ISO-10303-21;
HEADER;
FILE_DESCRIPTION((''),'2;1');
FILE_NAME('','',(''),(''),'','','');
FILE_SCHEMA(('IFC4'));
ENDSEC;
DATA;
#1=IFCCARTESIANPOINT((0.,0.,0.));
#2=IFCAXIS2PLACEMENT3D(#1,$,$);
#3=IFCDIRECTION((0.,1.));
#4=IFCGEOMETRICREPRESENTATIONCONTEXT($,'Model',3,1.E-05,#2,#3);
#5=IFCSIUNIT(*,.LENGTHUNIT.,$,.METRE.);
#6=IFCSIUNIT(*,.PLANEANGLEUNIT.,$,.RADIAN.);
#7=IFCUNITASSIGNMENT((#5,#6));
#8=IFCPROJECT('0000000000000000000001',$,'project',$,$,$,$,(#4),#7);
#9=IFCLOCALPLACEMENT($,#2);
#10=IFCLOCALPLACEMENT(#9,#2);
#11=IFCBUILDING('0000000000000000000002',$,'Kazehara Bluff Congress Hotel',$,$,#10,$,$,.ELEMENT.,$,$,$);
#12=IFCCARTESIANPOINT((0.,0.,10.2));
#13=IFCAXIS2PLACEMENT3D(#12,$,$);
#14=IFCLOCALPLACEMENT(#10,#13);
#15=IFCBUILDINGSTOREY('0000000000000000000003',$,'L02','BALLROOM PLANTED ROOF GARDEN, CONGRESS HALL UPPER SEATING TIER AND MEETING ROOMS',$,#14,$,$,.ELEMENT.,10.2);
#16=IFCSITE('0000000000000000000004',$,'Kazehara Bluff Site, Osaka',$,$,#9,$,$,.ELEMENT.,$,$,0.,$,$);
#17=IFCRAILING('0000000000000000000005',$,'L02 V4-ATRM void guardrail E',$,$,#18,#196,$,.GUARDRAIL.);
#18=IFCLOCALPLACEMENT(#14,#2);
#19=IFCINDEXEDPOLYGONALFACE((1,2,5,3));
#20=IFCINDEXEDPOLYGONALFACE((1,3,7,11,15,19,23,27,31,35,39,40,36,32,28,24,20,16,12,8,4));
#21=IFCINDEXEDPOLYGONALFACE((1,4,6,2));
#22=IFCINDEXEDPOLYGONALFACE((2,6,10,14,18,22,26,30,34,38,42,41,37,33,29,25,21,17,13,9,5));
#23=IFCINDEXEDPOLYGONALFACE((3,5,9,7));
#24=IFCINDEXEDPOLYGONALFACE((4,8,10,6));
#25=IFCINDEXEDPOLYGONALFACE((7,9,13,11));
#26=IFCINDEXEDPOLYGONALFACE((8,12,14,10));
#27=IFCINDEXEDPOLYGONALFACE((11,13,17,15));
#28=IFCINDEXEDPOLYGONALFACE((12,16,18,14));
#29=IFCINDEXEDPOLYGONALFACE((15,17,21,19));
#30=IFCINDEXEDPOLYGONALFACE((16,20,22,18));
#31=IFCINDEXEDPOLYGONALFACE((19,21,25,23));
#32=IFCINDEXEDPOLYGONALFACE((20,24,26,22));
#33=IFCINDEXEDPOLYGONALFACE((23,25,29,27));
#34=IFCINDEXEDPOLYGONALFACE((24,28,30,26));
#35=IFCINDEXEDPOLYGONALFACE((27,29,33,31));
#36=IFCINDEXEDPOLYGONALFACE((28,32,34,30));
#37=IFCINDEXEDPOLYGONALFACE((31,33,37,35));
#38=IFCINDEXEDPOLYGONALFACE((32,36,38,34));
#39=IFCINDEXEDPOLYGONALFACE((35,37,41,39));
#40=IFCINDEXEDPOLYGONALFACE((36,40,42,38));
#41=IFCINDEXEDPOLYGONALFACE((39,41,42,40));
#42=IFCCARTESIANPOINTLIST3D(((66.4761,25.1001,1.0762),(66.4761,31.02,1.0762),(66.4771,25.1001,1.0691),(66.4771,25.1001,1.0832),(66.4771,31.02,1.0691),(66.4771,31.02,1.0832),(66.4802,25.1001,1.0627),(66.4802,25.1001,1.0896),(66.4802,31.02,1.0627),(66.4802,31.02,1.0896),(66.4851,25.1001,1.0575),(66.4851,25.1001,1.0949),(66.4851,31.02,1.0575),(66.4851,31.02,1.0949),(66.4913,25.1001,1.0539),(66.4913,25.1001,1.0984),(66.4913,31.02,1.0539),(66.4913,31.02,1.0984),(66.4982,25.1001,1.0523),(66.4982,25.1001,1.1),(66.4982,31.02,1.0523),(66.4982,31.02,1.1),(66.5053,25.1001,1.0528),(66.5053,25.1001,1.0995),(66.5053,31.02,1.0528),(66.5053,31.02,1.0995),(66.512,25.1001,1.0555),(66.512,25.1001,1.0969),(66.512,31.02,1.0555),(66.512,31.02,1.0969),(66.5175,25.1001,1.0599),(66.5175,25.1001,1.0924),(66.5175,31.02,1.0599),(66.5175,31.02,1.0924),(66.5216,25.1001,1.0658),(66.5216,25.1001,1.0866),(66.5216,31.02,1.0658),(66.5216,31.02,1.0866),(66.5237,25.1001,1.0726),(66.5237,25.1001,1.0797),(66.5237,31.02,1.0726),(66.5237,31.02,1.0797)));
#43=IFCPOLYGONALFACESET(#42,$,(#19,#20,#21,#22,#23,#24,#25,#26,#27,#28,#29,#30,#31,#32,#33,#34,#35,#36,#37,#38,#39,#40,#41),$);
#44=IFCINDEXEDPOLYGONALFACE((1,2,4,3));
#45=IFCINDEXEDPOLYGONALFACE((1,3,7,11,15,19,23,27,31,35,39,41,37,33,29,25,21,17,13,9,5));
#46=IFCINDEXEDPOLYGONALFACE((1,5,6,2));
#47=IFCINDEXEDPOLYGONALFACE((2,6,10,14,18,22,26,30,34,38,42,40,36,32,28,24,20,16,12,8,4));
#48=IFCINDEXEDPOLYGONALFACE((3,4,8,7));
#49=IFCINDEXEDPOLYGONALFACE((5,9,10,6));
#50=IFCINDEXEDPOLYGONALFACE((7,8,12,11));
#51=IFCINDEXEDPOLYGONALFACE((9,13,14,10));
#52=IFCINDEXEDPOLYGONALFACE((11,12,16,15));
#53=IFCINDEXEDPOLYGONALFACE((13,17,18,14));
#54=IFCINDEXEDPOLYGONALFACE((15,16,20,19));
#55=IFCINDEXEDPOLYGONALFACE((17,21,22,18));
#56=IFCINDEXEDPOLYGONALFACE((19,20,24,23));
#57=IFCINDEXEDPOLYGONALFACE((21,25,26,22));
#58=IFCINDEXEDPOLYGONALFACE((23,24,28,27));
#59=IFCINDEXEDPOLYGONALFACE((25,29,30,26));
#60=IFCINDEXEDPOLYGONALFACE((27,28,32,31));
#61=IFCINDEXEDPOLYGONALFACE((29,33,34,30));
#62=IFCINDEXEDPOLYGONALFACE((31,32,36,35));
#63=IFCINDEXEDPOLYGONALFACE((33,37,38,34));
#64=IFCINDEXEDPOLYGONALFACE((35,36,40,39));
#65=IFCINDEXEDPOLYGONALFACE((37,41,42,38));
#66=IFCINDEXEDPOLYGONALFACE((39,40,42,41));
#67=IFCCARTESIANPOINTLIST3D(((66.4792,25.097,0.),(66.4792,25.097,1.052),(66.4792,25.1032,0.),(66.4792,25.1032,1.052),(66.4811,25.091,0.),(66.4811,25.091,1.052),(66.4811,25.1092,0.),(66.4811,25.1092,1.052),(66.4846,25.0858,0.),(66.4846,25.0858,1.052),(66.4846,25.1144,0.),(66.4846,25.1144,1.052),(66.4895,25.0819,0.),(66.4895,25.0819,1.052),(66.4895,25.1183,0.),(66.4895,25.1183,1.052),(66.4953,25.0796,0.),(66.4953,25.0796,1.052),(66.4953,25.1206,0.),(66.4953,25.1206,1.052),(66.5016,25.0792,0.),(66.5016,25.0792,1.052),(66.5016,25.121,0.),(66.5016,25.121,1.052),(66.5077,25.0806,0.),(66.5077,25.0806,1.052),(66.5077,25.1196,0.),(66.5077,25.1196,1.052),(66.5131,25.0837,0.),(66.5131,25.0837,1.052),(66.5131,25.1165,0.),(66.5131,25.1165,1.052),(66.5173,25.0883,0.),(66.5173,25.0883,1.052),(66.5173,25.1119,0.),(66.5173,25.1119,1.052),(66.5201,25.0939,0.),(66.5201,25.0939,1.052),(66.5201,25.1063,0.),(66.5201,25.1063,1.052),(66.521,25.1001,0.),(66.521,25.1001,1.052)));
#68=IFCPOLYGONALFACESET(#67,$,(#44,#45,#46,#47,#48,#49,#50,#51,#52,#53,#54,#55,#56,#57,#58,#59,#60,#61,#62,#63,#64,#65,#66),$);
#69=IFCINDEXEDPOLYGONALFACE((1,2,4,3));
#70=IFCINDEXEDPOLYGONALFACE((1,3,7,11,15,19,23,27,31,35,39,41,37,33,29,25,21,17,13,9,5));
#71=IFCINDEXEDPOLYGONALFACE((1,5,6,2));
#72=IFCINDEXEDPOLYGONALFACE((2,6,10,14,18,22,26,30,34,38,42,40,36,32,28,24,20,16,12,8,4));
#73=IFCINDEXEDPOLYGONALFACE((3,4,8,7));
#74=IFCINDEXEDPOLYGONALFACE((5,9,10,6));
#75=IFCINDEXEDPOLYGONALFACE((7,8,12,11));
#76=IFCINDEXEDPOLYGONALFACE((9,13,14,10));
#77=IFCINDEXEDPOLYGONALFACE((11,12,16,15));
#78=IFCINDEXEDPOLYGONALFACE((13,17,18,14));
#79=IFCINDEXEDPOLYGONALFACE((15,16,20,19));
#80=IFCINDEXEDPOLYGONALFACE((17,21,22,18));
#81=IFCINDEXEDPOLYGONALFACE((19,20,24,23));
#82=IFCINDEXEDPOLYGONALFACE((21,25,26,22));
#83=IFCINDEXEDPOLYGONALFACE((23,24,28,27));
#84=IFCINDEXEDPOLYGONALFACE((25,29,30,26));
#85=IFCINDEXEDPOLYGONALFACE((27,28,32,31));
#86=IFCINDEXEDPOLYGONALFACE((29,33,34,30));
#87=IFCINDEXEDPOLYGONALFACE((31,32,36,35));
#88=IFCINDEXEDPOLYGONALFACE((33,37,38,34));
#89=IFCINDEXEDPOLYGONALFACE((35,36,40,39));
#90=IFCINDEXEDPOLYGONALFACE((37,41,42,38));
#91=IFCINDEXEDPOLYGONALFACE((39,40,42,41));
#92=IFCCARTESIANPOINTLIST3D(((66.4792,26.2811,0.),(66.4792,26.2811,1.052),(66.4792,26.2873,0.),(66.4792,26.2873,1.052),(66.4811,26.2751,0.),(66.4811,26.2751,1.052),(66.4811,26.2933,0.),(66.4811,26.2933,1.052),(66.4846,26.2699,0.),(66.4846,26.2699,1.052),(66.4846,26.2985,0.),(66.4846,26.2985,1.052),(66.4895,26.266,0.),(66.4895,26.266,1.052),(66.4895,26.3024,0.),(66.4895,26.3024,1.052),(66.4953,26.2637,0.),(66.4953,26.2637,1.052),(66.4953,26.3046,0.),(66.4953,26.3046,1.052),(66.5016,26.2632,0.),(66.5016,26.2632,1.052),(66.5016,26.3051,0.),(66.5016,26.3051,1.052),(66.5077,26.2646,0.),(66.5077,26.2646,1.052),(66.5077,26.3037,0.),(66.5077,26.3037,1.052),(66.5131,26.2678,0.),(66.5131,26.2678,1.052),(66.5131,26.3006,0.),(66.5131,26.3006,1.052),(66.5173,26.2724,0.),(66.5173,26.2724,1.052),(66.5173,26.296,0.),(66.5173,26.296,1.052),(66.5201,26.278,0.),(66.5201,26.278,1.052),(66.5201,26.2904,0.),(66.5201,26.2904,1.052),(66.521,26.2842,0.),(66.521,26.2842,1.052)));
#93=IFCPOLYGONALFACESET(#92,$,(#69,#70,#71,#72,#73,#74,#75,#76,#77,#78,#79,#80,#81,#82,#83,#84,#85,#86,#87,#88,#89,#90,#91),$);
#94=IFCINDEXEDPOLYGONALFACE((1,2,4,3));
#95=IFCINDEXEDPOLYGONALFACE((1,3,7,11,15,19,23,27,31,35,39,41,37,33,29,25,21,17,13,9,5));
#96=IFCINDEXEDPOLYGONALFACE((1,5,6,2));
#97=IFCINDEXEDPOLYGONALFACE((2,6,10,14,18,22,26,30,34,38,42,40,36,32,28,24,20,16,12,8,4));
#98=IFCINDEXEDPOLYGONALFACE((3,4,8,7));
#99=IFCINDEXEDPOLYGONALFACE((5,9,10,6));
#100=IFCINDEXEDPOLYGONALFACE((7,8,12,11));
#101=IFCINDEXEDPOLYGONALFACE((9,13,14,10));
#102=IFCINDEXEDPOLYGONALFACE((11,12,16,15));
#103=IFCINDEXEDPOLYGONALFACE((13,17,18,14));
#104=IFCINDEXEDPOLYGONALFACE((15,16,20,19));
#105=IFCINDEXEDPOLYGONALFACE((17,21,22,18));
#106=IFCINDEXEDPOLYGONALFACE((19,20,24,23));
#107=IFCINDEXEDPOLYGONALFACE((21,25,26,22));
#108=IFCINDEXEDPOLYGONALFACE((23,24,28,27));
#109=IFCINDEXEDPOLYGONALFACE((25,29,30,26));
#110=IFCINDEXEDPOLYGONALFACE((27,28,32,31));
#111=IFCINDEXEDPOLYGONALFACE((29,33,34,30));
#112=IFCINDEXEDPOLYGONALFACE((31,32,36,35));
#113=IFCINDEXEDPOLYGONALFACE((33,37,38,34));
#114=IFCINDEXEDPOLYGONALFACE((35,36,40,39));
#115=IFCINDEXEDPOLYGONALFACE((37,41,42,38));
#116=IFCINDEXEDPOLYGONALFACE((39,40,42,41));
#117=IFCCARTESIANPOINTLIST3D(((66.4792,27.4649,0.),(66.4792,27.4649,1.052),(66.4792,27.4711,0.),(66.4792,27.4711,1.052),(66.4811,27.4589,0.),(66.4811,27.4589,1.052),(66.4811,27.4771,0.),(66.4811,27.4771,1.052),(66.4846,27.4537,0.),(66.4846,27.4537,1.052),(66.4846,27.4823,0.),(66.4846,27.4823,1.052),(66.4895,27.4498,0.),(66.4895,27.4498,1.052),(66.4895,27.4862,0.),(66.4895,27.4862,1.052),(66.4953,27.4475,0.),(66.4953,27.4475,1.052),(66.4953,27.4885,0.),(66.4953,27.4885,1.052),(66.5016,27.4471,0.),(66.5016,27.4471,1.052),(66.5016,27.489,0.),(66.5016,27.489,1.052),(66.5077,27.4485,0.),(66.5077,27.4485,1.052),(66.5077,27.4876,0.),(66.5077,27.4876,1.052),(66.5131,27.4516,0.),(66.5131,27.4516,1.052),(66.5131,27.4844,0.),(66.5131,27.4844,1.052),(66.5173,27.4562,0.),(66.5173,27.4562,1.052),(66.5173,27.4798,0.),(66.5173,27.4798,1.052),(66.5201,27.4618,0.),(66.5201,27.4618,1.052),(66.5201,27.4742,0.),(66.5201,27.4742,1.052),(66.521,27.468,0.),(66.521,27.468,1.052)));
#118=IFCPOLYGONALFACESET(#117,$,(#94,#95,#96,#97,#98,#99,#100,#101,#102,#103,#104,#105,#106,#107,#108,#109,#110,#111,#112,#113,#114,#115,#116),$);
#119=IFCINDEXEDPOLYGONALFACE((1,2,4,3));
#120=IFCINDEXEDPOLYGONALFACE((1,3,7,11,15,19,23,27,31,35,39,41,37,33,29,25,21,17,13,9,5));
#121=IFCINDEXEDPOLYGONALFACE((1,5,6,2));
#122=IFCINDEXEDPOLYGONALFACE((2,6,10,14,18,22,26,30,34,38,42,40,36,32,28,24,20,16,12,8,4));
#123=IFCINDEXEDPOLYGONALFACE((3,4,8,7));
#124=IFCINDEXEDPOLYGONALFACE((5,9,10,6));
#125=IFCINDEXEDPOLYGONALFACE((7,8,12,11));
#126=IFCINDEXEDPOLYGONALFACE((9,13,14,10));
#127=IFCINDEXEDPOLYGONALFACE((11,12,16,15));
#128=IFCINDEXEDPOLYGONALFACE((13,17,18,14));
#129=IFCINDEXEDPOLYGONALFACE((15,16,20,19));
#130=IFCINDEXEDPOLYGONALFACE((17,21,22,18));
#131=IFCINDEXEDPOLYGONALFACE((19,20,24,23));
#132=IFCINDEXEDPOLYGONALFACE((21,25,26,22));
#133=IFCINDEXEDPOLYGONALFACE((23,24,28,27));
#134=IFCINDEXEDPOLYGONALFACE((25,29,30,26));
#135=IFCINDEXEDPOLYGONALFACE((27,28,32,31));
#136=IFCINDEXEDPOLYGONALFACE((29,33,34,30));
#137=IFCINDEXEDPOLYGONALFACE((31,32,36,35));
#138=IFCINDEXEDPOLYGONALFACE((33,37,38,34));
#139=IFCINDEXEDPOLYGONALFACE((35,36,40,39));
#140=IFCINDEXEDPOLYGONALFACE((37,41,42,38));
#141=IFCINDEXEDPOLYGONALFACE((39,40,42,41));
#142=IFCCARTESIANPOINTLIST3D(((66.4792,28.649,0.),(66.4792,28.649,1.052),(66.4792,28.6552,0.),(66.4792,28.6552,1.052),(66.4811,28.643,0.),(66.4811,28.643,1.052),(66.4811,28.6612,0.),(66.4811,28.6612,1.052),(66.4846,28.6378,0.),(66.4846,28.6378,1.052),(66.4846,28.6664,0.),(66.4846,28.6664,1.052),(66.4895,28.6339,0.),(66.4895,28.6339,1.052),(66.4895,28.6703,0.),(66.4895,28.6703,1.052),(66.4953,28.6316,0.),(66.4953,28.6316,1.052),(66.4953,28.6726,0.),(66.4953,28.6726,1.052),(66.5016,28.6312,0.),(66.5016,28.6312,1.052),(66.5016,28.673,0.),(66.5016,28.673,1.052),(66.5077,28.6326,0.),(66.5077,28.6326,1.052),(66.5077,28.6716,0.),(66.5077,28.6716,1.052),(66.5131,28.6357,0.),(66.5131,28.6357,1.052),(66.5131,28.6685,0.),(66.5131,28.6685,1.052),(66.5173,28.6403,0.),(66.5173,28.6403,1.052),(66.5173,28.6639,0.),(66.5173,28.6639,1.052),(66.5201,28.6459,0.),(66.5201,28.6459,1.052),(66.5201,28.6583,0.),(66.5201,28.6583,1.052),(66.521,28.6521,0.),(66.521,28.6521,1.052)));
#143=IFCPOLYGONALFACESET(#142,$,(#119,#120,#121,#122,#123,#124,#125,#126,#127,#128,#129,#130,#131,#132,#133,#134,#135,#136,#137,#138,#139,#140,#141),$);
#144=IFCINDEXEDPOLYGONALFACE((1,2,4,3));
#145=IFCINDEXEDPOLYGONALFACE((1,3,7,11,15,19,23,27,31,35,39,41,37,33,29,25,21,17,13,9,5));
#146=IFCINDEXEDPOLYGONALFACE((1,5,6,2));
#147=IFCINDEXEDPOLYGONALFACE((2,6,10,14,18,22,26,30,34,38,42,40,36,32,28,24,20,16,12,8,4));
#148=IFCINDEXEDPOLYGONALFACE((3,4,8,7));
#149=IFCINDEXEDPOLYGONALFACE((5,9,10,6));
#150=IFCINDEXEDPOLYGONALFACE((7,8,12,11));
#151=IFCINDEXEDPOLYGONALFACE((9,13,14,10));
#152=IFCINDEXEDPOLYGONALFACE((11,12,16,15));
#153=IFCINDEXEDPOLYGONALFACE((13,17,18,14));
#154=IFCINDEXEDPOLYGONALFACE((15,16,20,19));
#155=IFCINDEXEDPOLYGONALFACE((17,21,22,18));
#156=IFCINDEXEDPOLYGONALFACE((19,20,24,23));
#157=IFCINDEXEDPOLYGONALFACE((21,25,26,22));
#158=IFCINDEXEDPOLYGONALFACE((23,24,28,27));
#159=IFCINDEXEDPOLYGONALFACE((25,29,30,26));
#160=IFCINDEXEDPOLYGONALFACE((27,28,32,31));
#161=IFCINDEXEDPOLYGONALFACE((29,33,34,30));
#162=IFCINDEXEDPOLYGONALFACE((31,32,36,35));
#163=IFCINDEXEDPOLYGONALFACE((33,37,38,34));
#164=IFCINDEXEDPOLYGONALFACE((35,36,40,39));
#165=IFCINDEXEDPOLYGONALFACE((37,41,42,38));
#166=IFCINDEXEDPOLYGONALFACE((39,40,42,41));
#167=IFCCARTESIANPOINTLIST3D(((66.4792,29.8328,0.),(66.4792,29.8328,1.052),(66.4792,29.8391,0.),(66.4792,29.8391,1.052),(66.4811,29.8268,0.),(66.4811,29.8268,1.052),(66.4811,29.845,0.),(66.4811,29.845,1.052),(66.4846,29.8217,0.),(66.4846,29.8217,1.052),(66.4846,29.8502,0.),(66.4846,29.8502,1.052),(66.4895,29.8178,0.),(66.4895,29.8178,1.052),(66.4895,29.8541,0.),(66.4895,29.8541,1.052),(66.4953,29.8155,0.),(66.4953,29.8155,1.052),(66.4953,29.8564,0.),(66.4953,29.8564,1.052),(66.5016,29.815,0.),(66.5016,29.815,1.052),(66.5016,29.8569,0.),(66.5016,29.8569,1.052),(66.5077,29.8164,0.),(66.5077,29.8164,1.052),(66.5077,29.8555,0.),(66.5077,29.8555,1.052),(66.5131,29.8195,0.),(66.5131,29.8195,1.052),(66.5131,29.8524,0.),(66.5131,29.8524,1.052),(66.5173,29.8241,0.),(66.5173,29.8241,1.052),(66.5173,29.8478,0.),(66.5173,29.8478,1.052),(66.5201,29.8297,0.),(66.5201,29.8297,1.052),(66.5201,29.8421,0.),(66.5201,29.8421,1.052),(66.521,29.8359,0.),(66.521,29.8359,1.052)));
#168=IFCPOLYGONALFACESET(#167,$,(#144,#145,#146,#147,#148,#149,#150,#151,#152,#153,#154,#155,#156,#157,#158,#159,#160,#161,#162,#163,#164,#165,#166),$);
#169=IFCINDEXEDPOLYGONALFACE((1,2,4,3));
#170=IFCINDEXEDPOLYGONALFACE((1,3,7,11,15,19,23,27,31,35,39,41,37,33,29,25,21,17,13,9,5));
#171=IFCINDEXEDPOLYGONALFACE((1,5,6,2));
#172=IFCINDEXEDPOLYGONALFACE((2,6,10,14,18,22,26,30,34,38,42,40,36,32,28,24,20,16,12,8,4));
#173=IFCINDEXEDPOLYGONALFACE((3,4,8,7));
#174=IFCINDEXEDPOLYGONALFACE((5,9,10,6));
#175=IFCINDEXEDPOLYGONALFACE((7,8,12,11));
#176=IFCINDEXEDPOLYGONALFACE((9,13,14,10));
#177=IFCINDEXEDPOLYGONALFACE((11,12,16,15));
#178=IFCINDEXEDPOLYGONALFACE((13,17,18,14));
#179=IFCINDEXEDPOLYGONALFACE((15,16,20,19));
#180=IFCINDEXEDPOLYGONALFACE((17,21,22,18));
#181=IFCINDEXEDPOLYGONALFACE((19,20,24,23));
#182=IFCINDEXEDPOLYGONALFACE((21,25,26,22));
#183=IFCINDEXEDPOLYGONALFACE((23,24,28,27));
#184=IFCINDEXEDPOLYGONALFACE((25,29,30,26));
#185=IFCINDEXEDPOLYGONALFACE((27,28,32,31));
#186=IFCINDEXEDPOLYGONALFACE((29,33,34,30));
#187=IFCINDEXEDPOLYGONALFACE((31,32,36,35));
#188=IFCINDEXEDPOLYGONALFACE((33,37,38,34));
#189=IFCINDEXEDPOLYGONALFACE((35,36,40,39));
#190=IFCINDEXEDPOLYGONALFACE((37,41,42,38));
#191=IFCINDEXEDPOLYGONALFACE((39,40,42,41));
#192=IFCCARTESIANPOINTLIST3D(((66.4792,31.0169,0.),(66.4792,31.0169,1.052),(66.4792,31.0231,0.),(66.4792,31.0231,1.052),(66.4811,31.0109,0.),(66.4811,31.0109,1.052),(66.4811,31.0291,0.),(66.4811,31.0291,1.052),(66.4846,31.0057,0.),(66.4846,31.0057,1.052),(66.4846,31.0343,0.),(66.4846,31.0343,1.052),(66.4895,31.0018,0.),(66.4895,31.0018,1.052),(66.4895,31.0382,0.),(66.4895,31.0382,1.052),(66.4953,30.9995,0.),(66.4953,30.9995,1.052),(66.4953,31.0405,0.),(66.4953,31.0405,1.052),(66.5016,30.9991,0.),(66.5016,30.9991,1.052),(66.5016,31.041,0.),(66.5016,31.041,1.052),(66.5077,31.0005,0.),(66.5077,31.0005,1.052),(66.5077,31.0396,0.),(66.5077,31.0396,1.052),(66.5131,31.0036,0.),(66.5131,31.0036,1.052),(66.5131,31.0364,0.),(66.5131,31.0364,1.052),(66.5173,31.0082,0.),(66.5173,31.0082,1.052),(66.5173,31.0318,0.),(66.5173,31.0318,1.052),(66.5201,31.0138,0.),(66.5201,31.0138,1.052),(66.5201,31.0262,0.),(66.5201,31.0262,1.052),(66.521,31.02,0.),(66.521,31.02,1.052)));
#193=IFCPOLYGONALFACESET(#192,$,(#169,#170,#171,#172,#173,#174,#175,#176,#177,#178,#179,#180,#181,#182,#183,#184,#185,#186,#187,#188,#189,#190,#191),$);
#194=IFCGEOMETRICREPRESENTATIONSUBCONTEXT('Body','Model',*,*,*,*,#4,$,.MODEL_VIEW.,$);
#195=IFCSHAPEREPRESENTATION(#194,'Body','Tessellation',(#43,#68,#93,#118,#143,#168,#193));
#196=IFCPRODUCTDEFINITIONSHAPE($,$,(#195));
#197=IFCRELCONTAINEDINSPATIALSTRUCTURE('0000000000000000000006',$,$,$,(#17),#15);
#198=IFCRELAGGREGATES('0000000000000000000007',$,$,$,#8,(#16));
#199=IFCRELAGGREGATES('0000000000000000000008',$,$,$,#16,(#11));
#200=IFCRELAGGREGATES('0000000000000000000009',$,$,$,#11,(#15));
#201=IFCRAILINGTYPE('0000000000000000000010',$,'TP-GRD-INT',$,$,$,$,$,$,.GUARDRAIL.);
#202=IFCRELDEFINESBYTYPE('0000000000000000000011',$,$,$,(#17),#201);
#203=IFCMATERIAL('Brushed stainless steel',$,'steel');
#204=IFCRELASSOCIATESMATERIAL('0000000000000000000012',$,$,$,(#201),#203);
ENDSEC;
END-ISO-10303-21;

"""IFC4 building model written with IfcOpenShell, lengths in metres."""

from ifc_helpers import new_model, si_unit, direction, frame, origin, origin_2d, place, context, subcontext, project, spatial, circle, extrude, material, type_object, element, save


model = new_model("IFC4")

# Units and contexts
model_context = context("Model", 3, precision=1e-05, world=origin(), true_north=direction((0.0, 1.0)))
body_context = subcontext(model_context, "Body", "Model", "MODEL_VIEW")
ifc_project = project(units=[si_unit("LENGTHUNIT", "METRE"), si_unit("PLANEANGLEUNIT", "RADIAN")], contexts=[model_context])

# Site, building, storey
site_placement = place(None, origin())
site = spatial("IfcSite", under=ifc_project, at=site_placement, Name="Kazehara Bluff Site, Osaka", CompositionType="ELEMENT", RefElevation=0.0)
building_placement = place(site_placement, origin())
building = spatial("IfcBuilding", under=site, at=building_placement, Name="Kazehara Bluff Congress Hotel", CompositionType="ELEMENT")
storey_placement = place(building_placement, frame((0.0, 0.0, 10.2)))
storey = spatial("IfcBuildingStorey", under=building, at=storey_placement, Name="L02", Description="BALLROOM PLANTED ROOF GARDEN, CONGRESS HALL UPPER SEATING TIER AND MEETING ROOMS", CompositionType="ELEMENT", Elevation=10.2)

# Railing
ifc_material_1 = material(Name="Brushed stainless steel", Category="steel")
railing_type_1 = type_object("IfcRailingType", Name="TP-GRD-INT", PredefinedType="GUARDRAIL", material=ifc_material_1)
railing_1_placement = place(storey_placement, frame((66.5, 25.1001, 0.0)))
element("IfcRailing", 1, at=railing_1_placement, inside=storey, type_object=railing_type_1, Name="L02 V4-ATRM void guardrail E", PredefinedType="GUARDRAIL", context=body_context, shape_type="SweptSolid", body=[
    extrude(circle(Radius=0.0239, at=origin_2d()), frame((0.0, 0.0, 1.0762), z_axis=(0.0, 1.0, 0.0), x_axis=(-1.0, 0.0, 0.0)), (0.0, 0.0, 1.0), 5.9199),
    extrude(circle(Radius=0.021, at=origin_2d()), origin(), (0.0, 0.0, 1.0), 1.052),
    extrude(circle(Radius=0.021, at=origin_2d()), frame((0.0, 1.1841, 0.0)), (0.0, 0.0, 1.0), 1.052),
    extrude(circle(Radius=0.021, at=origin_2d()), frame((0.0, 2.3679, 0.0)), (0.0, 0.0, 1.0), 1.052),
    extrude(circle(Radius=0.021, at=origin_2d()), frame((0.0, 3.552, 0.0)), (0.0, 0.0, 1.0), 1.052),
    extrude(circle(Radius=0.021, at=origin_2d()), frame((0.0, 4.7358, 0.0)), (0.0, 0.0, 1.0), 1.052),
    extrude(circle(Radius=0.021, at=origin_2d()), frame((0.0, 5.9199, 0.0)), (0.0, 0.0, 1.0), 1.052),
])

save(model, "model.ifc")
